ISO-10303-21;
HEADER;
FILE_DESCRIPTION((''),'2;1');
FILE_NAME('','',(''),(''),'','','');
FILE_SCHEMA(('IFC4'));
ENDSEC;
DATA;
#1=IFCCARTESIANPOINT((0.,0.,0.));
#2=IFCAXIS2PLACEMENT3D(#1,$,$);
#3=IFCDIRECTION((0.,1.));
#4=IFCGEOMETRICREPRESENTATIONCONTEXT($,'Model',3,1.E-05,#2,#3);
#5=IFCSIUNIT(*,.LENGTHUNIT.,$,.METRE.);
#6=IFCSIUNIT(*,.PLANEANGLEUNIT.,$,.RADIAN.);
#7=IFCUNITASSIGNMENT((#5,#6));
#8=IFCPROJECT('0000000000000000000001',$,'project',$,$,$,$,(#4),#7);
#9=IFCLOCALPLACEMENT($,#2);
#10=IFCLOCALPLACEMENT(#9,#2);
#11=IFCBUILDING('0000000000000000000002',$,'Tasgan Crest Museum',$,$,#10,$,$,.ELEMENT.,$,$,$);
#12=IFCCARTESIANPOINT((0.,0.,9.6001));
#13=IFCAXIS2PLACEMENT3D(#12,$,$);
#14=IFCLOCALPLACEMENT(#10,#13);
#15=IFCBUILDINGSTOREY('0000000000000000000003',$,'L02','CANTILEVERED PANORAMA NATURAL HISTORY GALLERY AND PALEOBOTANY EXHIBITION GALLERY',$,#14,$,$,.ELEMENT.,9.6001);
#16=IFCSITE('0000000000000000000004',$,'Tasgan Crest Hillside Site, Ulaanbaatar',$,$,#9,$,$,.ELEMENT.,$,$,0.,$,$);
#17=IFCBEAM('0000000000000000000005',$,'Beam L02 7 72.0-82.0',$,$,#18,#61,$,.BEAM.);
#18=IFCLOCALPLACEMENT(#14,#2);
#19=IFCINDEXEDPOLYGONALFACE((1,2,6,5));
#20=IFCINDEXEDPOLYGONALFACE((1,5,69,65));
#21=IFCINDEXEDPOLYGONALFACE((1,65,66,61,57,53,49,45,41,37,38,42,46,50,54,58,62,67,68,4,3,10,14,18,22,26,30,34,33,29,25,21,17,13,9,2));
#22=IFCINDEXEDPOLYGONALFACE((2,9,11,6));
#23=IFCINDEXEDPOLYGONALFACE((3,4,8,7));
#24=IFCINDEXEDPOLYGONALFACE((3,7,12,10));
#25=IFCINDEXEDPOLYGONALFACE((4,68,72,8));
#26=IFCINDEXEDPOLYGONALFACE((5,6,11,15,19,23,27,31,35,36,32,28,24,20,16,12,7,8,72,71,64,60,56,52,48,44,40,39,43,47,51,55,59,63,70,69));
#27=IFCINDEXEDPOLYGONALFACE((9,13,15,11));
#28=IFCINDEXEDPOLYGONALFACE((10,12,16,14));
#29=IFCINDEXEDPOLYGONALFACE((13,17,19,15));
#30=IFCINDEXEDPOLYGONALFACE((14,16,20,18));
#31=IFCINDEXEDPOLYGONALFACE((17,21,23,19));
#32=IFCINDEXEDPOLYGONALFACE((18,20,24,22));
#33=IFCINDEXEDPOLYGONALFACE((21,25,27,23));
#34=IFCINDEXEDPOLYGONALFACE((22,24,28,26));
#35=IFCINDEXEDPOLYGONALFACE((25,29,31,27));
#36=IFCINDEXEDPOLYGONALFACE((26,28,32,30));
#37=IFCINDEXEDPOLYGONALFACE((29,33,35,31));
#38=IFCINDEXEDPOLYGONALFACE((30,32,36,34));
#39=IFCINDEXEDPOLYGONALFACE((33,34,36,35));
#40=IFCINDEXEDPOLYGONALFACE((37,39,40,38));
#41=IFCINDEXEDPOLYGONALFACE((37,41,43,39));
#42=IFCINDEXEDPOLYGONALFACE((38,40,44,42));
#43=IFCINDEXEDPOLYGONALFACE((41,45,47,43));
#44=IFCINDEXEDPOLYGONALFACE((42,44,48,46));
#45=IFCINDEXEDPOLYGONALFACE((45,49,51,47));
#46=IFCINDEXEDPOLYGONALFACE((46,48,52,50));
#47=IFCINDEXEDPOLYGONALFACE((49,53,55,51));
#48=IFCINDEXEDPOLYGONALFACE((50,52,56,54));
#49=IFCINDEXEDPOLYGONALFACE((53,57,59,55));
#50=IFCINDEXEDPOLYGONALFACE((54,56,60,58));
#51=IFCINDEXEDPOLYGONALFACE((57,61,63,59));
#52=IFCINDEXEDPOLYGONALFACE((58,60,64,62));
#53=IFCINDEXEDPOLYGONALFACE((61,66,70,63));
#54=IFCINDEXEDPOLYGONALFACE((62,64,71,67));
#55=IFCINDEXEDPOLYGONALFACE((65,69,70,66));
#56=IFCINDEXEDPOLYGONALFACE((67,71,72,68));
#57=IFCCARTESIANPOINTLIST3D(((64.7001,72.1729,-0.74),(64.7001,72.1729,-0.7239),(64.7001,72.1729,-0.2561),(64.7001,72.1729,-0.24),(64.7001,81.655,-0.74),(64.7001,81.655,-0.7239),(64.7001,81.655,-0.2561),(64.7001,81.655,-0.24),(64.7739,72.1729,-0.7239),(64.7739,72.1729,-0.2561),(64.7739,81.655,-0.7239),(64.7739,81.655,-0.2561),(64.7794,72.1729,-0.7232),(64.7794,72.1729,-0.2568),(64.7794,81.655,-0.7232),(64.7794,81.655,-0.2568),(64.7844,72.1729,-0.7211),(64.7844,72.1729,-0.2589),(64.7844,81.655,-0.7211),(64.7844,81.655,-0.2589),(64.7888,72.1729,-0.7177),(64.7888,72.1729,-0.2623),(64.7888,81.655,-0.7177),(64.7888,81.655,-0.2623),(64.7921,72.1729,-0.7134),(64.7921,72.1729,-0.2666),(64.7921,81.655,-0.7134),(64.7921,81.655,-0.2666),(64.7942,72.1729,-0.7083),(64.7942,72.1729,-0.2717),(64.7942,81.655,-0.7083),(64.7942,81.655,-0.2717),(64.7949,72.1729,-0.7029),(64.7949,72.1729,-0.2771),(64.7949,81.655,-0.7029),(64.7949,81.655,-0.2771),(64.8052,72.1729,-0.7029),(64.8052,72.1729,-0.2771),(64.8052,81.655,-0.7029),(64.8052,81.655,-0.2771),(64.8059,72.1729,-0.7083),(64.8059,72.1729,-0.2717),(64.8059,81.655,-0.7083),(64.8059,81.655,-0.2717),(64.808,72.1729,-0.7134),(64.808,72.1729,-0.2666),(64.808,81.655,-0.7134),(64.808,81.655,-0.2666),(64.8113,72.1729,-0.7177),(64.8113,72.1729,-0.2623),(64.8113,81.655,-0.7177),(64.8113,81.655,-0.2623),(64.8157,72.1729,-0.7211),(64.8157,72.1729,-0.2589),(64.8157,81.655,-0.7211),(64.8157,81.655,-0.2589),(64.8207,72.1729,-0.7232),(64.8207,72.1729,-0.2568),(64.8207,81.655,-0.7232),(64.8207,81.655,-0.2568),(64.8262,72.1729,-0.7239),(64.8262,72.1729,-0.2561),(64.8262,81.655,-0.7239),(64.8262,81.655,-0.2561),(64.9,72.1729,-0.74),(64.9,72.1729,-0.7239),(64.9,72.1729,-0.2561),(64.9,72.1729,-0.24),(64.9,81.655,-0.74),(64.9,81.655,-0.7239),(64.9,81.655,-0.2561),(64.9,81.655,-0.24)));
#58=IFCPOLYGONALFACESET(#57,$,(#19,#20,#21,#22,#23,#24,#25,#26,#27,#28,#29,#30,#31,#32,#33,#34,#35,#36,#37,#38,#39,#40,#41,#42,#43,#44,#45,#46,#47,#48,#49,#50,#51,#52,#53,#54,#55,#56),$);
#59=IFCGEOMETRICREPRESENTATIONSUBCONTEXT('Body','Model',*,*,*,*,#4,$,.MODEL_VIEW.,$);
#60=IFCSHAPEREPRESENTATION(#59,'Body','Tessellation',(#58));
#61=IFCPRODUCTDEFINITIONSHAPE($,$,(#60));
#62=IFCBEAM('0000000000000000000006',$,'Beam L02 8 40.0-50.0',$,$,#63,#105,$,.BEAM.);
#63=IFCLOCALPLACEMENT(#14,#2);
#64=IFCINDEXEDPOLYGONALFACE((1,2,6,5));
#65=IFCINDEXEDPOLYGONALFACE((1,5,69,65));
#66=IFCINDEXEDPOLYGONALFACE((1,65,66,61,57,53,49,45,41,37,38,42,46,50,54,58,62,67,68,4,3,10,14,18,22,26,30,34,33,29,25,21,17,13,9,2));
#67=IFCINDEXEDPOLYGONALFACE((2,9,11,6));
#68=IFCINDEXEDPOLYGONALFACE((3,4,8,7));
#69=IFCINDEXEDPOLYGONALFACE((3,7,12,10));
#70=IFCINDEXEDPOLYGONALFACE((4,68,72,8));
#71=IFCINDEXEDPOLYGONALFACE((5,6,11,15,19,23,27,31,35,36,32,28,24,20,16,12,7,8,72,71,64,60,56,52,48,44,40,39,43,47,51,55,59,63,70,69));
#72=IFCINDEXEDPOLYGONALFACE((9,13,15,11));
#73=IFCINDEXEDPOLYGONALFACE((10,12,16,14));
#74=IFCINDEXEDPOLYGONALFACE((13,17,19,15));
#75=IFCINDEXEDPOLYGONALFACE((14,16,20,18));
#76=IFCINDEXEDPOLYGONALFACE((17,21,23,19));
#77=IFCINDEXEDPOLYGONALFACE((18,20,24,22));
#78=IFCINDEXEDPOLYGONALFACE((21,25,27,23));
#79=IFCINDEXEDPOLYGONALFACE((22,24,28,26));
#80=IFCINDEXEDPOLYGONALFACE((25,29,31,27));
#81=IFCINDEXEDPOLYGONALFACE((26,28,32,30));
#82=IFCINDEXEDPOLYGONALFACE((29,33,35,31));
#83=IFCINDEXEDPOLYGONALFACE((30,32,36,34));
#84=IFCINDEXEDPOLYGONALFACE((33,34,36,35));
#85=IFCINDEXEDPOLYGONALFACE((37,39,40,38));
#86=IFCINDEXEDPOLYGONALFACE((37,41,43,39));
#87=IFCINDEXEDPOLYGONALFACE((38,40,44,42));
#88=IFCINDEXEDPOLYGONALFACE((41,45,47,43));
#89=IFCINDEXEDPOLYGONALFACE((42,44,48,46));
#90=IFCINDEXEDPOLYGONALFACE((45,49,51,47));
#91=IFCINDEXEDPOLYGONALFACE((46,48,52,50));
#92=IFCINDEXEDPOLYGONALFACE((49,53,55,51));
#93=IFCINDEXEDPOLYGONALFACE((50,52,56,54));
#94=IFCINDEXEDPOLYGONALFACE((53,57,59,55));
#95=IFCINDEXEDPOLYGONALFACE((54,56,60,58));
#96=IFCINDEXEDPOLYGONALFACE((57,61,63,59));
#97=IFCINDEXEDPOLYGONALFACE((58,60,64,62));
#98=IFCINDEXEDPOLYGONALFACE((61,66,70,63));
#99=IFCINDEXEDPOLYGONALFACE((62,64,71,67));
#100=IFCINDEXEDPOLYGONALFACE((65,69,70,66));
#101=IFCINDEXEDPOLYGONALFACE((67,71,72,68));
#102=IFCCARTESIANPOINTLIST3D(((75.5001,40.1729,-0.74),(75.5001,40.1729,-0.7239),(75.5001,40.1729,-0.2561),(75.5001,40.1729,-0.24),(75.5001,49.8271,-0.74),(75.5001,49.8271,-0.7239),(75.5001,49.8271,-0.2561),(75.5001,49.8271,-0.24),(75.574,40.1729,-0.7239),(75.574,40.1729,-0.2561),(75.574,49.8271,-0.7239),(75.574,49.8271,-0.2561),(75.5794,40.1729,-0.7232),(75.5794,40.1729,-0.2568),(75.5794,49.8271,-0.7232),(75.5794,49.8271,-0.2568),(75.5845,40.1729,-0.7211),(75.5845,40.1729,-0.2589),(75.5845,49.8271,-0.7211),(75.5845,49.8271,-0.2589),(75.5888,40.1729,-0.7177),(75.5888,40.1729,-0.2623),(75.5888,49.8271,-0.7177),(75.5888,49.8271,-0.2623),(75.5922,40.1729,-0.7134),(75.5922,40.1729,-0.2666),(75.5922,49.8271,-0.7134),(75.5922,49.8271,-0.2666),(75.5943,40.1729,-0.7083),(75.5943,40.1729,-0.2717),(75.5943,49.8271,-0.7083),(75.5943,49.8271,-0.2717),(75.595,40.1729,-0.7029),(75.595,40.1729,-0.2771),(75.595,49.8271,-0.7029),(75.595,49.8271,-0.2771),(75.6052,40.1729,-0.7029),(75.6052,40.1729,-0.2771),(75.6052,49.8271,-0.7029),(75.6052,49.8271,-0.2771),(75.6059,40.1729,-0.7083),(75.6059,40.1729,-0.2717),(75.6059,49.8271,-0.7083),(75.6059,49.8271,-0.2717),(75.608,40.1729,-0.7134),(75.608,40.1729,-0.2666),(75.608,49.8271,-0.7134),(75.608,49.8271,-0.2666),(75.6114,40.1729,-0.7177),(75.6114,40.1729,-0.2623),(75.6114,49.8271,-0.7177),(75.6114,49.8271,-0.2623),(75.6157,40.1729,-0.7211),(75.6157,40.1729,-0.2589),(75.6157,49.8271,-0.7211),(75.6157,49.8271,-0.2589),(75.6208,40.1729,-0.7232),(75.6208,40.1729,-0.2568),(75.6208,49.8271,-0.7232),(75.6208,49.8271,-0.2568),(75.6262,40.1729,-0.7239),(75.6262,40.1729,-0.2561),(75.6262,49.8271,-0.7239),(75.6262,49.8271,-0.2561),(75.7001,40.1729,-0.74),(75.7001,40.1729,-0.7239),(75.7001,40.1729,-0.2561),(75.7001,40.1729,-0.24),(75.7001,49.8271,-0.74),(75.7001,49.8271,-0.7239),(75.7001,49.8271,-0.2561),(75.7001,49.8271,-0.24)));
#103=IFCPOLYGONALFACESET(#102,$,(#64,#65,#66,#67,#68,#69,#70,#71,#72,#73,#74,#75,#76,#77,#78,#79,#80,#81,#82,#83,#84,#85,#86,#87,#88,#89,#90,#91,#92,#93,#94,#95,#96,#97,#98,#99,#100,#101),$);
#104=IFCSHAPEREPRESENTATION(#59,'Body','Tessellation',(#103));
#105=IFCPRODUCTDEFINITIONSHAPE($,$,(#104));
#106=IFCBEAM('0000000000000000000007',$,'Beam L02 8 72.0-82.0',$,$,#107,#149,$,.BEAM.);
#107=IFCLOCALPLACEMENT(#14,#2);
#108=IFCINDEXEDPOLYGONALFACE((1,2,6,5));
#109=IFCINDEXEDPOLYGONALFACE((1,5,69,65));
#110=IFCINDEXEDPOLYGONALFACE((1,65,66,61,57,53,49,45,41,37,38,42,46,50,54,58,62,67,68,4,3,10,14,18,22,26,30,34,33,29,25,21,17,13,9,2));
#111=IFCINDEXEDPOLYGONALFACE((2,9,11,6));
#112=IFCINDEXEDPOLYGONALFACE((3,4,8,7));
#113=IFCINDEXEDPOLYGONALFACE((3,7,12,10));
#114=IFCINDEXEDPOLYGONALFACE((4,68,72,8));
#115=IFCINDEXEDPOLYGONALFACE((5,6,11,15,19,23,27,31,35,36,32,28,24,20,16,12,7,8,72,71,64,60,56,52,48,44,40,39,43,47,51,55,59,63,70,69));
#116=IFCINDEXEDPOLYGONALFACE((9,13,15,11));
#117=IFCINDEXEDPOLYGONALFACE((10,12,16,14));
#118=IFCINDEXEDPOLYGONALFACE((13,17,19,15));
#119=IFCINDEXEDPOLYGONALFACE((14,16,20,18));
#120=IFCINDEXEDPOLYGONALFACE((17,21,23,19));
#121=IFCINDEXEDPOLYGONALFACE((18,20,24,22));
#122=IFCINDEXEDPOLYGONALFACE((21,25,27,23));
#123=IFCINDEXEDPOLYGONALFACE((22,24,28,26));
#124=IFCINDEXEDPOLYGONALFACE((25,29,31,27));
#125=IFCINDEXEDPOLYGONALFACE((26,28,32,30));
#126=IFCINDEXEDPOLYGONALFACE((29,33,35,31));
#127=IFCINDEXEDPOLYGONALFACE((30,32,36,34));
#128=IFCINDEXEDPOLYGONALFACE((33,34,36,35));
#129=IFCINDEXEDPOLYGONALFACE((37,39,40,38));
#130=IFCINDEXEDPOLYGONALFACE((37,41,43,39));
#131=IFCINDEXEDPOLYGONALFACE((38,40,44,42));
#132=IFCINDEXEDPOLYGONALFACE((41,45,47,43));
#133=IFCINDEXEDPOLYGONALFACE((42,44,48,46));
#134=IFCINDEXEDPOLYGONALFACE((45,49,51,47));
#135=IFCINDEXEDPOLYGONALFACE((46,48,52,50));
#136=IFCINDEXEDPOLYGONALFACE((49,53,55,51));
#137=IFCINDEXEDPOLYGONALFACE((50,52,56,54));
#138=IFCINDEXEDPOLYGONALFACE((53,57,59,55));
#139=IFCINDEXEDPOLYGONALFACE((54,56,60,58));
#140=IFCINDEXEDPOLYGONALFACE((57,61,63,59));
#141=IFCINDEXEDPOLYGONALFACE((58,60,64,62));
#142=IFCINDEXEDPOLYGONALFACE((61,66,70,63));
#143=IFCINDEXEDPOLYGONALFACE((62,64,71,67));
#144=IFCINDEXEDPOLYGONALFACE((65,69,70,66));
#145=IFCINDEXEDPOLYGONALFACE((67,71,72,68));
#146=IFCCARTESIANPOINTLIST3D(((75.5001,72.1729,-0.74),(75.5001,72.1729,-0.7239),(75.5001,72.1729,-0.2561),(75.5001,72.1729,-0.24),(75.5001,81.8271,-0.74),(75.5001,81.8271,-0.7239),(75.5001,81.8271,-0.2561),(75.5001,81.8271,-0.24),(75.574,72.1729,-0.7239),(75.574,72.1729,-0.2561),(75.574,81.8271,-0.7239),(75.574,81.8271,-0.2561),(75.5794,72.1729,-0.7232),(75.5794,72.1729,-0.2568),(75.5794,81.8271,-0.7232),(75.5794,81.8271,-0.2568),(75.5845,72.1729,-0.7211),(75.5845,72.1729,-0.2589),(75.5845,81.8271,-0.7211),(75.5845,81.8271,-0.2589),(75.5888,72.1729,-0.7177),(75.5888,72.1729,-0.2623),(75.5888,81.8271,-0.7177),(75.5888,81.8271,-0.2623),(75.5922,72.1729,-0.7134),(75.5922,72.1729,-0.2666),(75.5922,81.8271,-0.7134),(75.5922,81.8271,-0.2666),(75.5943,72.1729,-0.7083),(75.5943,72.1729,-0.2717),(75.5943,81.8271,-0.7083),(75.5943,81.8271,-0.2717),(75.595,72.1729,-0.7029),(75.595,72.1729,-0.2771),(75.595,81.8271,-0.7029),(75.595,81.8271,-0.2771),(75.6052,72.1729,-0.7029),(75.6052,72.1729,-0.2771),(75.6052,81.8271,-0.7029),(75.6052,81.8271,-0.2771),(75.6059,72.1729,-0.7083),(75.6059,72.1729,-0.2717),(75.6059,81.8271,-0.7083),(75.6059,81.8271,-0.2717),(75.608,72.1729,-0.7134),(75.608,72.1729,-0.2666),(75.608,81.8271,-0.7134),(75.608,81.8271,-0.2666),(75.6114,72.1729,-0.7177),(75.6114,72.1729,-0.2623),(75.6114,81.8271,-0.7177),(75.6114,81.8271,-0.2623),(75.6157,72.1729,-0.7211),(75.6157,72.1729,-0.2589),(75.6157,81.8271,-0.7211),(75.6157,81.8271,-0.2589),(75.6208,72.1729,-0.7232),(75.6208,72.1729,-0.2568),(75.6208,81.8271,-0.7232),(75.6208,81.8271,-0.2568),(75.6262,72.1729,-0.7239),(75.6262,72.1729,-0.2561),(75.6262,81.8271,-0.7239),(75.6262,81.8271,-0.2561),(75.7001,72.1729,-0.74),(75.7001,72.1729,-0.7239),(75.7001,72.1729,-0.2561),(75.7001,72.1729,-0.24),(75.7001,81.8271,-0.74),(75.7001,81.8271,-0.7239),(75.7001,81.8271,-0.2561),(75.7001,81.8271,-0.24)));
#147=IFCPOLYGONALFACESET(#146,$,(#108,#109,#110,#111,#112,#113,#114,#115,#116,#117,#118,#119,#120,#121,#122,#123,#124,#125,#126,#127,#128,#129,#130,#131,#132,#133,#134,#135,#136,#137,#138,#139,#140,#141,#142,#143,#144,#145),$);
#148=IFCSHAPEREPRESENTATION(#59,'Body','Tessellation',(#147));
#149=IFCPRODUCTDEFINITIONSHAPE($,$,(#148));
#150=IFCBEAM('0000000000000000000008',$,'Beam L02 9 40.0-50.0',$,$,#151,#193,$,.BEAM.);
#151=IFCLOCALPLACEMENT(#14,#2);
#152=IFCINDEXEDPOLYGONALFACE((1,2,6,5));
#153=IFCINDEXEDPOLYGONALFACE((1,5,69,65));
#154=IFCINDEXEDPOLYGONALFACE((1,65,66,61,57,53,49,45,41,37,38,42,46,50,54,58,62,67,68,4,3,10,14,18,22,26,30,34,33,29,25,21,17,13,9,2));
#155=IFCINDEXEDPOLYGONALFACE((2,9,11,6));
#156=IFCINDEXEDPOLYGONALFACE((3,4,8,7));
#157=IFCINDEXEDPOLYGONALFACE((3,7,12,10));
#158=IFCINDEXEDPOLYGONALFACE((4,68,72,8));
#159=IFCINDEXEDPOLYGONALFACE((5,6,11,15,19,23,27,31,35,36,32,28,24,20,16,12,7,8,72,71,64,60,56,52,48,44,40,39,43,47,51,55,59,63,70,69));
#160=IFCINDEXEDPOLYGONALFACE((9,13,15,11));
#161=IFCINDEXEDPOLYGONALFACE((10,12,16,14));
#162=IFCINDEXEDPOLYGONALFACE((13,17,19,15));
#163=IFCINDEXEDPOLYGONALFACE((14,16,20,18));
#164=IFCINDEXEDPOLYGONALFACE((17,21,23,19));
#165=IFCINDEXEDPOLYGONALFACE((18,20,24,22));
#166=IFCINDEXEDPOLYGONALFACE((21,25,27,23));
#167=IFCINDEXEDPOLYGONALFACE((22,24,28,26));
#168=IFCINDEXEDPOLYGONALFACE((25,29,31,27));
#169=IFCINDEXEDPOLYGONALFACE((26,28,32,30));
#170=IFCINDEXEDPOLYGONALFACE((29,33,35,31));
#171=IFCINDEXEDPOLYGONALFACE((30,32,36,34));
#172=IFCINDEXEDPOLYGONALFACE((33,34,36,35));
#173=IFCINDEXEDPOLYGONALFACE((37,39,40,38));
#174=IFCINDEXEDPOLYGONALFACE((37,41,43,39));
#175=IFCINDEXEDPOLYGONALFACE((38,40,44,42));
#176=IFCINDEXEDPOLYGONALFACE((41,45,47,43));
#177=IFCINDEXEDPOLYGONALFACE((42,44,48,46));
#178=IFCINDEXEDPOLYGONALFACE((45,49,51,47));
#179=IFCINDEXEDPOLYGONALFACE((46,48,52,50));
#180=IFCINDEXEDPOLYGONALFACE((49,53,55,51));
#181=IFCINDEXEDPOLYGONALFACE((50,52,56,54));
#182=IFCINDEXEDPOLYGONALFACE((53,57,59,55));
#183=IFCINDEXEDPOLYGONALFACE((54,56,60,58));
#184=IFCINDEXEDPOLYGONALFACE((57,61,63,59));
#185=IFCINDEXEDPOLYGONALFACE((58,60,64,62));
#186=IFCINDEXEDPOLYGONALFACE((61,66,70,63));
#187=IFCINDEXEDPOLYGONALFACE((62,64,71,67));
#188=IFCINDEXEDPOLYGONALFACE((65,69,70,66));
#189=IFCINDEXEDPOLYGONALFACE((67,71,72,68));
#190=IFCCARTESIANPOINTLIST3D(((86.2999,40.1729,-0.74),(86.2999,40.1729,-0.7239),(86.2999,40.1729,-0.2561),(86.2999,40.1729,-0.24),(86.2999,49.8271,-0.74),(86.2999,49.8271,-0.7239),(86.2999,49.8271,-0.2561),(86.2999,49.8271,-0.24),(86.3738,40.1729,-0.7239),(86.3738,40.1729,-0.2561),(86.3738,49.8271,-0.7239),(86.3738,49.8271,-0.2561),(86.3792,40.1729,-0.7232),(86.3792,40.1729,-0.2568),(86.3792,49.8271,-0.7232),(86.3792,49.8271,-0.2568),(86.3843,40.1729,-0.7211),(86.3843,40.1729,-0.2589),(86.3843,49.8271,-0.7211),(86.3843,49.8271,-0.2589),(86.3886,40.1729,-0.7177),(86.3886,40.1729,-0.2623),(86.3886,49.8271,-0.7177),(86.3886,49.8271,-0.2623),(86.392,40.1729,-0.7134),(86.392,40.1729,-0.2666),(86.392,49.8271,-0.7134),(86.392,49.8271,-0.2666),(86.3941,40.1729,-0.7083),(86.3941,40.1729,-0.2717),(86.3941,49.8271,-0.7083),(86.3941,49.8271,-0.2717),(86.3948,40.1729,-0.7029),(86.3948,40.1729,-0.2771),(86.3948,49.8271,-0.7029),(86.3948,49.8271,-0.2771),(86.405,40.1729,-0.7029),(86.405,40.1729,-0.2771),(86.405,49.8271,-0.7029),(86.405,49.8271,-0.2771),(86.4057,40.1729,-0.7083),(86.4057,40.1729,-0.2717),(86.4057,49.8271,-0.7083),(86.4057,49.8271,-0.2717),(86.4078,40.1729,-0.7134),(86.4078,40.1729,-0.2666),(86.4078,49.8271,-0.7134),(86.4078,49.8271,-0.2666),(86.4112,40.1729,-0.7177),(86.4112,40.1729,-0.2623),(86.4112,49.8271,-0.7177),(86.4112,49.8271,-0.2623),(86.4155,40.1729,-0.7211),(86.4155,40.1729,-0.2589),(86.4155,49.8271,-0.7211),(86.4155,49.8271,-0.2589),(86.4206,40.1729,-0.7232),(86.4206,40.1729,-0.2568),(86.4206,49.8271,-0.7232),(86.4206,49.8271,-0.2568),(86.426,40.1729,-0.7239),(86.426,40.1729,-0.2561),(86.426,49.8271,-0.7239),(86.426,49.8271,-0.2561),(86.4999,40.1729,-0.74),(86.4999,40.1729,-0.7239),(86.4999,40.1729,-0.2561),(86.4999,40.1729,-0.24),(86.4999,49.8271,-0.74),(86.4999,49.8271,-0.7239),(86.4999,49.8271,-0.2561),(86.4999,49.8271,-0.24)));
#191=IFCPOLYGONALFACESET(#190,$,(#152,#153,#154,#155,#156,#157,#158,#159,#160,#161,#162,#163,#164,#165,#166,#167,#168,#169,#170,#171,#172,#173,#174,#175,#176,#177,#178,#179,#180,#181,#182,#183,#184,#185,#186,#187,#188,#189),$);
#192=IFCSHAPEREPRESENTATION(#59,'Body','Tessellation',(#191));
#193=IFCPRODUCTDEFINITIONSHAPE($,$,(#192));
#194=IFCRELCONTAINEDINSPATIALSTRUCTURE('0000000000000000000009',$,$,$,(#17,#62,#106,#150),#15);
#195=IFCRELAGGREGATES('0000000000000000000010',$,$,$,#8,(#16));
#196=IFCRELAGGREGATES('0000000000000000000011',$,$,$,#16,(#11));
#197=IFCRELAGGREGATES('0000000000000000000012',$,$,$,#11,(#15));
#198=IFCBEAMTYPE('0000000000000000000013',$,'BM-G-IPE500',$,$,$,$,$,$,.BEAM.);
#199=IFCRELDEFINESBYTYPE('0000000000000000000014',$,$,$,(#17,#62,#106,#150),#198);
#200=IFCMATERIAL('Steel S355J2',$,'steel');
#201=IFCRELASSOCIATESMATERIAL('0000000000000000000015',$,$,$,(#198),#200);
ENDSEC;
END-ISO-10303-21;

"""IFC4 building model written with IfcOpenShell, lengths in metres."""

from ifc_helpers import new_model, si_unit, direction, frame, origin, origin_2d, place, context, subcontext, project, spatial, i_section, extrude, material, material_profile, profile_set, type_object, element, save


model = new_model("IFC4")

# Units and contexts
model_context = context("Model", 3, precision=1e-05, world=origin(), true_north=direction((0.0, 1.0)))
body_context = subcontext(model_context, "Body", "Model", "MODEL_VIEW")
ifc_project = project(units=[si_unit("LENGTHUNIT", "METRE"), si_unit("PLANEANGLEUNIT", "RADIAN")], contexts=[model_context])

# Site, building, storey
site_placement = place(None, origin())
site = spatial("IfcSite", under=ifc_project, at=site_placement, Name="Tasgan Crest Hillside Site, Ulaanbaatar", CompositionType="ELEMENT", RefElevation=0.0)
building_placement = place(site_placement, origin())
building = spatial("IfcBuilding", under=site, at=building_placement, Name="Tasgan Crest Museum", CompositionType="ELEMENT")
storey_placement = place(building_placement, frame((0.0, 0.0, 9.6001)))
storey = spatial("IfcBuildingStorey", under=building, at=storey_placement, Name="L02", Description="CANTILEVERED PANORAMA NATURAL HISTORY GALLERY AND PALEOBOTANY EXHIBITION GALLERY", CompositionType="ELEMENT", Elevation=9.6001)

# Beams
ifc_material_1 = material(Name="Steel S355J2", Category="steel")
ifc_material_profile_1 = material_profile(ifc_material_1, i_section(OverallWidth=0.2, OverallDepth=0.5, WebThickness=0.0103, FlangeThickness=0.0161, FilletRadius=0.021, at=origin_2d()), Name="IPE 500")
ifc_profile_set_1 = profile_set([ifc_material_profile_1], Name="Steel S355J2")
beam_type_1 = type_object("IfcBeamType", Name="BM-G-IPE500", PredefinedType="BEAM", material=ifc_profile_set_1)
beam_1_placement = place(storey_placement, frame((64.8, 72.1729, -0.49), z_axis=(0.0, 1.0, 0.0), x_axis=(-1.0, 0.0, 0.0)))
element("IfcBeam", 1, at=beam_1_placement, inside=storey, type_object=beam_type_1, Name="Beam L02 7 72.0-82.0", PredefinedType="BEAM", context=body_context, shape_type="SweptSolid", body=[
    extrude(i_section(OverallWidth=0.2, OverallDepth=0.5, WebThickness=0.0103, FlangeThickness=0.0161, FilletRadius=0.021, at=origin_2d()), origin(), (0.0, 0.0, 1.0), 9.4822),
])
for number, where, z_axis, x_axis, name in (
    (2, (75.6001, 40.1729, -0.49), (0.0, 1.0, 0.0), (-1.0, 0.0, 0.0), "Beam L02 8 40.0-50.0"),
    (3, (75.6001, 72.1729, -0.49), (0.0, 1.0, 0.0), (-1.0, 0.0, 0.0), "Beam L02 8 72.0-82.0"),
    (4, (86.3999, 40.1729, -0.49), (0.0, 1.0, 0.0), (-1.0, 0.0, 0.0), "Beam L02 9 40.0-50.0"),
):
    element("IfcBeam", number, at=place(storey_placement, frame(where, z_axis=z_axis, x_axis=x_axis)), inside=storey, type_object=beam_type_1, Name=name, PredefinedType="BEAM", context=body_context, shape_type="SweptSolid", body=[
        extrude(i_section(OverallWidth=0.2, OverallDepth=0.5, WebThickness=0.0103, FlangeThickness=0.0161, FilletRadius=0.021, at=origin_2d()), origin(), (0.0, 0.0, 1.0), 9.6543),
    ])

save(model, "model.ifc")
